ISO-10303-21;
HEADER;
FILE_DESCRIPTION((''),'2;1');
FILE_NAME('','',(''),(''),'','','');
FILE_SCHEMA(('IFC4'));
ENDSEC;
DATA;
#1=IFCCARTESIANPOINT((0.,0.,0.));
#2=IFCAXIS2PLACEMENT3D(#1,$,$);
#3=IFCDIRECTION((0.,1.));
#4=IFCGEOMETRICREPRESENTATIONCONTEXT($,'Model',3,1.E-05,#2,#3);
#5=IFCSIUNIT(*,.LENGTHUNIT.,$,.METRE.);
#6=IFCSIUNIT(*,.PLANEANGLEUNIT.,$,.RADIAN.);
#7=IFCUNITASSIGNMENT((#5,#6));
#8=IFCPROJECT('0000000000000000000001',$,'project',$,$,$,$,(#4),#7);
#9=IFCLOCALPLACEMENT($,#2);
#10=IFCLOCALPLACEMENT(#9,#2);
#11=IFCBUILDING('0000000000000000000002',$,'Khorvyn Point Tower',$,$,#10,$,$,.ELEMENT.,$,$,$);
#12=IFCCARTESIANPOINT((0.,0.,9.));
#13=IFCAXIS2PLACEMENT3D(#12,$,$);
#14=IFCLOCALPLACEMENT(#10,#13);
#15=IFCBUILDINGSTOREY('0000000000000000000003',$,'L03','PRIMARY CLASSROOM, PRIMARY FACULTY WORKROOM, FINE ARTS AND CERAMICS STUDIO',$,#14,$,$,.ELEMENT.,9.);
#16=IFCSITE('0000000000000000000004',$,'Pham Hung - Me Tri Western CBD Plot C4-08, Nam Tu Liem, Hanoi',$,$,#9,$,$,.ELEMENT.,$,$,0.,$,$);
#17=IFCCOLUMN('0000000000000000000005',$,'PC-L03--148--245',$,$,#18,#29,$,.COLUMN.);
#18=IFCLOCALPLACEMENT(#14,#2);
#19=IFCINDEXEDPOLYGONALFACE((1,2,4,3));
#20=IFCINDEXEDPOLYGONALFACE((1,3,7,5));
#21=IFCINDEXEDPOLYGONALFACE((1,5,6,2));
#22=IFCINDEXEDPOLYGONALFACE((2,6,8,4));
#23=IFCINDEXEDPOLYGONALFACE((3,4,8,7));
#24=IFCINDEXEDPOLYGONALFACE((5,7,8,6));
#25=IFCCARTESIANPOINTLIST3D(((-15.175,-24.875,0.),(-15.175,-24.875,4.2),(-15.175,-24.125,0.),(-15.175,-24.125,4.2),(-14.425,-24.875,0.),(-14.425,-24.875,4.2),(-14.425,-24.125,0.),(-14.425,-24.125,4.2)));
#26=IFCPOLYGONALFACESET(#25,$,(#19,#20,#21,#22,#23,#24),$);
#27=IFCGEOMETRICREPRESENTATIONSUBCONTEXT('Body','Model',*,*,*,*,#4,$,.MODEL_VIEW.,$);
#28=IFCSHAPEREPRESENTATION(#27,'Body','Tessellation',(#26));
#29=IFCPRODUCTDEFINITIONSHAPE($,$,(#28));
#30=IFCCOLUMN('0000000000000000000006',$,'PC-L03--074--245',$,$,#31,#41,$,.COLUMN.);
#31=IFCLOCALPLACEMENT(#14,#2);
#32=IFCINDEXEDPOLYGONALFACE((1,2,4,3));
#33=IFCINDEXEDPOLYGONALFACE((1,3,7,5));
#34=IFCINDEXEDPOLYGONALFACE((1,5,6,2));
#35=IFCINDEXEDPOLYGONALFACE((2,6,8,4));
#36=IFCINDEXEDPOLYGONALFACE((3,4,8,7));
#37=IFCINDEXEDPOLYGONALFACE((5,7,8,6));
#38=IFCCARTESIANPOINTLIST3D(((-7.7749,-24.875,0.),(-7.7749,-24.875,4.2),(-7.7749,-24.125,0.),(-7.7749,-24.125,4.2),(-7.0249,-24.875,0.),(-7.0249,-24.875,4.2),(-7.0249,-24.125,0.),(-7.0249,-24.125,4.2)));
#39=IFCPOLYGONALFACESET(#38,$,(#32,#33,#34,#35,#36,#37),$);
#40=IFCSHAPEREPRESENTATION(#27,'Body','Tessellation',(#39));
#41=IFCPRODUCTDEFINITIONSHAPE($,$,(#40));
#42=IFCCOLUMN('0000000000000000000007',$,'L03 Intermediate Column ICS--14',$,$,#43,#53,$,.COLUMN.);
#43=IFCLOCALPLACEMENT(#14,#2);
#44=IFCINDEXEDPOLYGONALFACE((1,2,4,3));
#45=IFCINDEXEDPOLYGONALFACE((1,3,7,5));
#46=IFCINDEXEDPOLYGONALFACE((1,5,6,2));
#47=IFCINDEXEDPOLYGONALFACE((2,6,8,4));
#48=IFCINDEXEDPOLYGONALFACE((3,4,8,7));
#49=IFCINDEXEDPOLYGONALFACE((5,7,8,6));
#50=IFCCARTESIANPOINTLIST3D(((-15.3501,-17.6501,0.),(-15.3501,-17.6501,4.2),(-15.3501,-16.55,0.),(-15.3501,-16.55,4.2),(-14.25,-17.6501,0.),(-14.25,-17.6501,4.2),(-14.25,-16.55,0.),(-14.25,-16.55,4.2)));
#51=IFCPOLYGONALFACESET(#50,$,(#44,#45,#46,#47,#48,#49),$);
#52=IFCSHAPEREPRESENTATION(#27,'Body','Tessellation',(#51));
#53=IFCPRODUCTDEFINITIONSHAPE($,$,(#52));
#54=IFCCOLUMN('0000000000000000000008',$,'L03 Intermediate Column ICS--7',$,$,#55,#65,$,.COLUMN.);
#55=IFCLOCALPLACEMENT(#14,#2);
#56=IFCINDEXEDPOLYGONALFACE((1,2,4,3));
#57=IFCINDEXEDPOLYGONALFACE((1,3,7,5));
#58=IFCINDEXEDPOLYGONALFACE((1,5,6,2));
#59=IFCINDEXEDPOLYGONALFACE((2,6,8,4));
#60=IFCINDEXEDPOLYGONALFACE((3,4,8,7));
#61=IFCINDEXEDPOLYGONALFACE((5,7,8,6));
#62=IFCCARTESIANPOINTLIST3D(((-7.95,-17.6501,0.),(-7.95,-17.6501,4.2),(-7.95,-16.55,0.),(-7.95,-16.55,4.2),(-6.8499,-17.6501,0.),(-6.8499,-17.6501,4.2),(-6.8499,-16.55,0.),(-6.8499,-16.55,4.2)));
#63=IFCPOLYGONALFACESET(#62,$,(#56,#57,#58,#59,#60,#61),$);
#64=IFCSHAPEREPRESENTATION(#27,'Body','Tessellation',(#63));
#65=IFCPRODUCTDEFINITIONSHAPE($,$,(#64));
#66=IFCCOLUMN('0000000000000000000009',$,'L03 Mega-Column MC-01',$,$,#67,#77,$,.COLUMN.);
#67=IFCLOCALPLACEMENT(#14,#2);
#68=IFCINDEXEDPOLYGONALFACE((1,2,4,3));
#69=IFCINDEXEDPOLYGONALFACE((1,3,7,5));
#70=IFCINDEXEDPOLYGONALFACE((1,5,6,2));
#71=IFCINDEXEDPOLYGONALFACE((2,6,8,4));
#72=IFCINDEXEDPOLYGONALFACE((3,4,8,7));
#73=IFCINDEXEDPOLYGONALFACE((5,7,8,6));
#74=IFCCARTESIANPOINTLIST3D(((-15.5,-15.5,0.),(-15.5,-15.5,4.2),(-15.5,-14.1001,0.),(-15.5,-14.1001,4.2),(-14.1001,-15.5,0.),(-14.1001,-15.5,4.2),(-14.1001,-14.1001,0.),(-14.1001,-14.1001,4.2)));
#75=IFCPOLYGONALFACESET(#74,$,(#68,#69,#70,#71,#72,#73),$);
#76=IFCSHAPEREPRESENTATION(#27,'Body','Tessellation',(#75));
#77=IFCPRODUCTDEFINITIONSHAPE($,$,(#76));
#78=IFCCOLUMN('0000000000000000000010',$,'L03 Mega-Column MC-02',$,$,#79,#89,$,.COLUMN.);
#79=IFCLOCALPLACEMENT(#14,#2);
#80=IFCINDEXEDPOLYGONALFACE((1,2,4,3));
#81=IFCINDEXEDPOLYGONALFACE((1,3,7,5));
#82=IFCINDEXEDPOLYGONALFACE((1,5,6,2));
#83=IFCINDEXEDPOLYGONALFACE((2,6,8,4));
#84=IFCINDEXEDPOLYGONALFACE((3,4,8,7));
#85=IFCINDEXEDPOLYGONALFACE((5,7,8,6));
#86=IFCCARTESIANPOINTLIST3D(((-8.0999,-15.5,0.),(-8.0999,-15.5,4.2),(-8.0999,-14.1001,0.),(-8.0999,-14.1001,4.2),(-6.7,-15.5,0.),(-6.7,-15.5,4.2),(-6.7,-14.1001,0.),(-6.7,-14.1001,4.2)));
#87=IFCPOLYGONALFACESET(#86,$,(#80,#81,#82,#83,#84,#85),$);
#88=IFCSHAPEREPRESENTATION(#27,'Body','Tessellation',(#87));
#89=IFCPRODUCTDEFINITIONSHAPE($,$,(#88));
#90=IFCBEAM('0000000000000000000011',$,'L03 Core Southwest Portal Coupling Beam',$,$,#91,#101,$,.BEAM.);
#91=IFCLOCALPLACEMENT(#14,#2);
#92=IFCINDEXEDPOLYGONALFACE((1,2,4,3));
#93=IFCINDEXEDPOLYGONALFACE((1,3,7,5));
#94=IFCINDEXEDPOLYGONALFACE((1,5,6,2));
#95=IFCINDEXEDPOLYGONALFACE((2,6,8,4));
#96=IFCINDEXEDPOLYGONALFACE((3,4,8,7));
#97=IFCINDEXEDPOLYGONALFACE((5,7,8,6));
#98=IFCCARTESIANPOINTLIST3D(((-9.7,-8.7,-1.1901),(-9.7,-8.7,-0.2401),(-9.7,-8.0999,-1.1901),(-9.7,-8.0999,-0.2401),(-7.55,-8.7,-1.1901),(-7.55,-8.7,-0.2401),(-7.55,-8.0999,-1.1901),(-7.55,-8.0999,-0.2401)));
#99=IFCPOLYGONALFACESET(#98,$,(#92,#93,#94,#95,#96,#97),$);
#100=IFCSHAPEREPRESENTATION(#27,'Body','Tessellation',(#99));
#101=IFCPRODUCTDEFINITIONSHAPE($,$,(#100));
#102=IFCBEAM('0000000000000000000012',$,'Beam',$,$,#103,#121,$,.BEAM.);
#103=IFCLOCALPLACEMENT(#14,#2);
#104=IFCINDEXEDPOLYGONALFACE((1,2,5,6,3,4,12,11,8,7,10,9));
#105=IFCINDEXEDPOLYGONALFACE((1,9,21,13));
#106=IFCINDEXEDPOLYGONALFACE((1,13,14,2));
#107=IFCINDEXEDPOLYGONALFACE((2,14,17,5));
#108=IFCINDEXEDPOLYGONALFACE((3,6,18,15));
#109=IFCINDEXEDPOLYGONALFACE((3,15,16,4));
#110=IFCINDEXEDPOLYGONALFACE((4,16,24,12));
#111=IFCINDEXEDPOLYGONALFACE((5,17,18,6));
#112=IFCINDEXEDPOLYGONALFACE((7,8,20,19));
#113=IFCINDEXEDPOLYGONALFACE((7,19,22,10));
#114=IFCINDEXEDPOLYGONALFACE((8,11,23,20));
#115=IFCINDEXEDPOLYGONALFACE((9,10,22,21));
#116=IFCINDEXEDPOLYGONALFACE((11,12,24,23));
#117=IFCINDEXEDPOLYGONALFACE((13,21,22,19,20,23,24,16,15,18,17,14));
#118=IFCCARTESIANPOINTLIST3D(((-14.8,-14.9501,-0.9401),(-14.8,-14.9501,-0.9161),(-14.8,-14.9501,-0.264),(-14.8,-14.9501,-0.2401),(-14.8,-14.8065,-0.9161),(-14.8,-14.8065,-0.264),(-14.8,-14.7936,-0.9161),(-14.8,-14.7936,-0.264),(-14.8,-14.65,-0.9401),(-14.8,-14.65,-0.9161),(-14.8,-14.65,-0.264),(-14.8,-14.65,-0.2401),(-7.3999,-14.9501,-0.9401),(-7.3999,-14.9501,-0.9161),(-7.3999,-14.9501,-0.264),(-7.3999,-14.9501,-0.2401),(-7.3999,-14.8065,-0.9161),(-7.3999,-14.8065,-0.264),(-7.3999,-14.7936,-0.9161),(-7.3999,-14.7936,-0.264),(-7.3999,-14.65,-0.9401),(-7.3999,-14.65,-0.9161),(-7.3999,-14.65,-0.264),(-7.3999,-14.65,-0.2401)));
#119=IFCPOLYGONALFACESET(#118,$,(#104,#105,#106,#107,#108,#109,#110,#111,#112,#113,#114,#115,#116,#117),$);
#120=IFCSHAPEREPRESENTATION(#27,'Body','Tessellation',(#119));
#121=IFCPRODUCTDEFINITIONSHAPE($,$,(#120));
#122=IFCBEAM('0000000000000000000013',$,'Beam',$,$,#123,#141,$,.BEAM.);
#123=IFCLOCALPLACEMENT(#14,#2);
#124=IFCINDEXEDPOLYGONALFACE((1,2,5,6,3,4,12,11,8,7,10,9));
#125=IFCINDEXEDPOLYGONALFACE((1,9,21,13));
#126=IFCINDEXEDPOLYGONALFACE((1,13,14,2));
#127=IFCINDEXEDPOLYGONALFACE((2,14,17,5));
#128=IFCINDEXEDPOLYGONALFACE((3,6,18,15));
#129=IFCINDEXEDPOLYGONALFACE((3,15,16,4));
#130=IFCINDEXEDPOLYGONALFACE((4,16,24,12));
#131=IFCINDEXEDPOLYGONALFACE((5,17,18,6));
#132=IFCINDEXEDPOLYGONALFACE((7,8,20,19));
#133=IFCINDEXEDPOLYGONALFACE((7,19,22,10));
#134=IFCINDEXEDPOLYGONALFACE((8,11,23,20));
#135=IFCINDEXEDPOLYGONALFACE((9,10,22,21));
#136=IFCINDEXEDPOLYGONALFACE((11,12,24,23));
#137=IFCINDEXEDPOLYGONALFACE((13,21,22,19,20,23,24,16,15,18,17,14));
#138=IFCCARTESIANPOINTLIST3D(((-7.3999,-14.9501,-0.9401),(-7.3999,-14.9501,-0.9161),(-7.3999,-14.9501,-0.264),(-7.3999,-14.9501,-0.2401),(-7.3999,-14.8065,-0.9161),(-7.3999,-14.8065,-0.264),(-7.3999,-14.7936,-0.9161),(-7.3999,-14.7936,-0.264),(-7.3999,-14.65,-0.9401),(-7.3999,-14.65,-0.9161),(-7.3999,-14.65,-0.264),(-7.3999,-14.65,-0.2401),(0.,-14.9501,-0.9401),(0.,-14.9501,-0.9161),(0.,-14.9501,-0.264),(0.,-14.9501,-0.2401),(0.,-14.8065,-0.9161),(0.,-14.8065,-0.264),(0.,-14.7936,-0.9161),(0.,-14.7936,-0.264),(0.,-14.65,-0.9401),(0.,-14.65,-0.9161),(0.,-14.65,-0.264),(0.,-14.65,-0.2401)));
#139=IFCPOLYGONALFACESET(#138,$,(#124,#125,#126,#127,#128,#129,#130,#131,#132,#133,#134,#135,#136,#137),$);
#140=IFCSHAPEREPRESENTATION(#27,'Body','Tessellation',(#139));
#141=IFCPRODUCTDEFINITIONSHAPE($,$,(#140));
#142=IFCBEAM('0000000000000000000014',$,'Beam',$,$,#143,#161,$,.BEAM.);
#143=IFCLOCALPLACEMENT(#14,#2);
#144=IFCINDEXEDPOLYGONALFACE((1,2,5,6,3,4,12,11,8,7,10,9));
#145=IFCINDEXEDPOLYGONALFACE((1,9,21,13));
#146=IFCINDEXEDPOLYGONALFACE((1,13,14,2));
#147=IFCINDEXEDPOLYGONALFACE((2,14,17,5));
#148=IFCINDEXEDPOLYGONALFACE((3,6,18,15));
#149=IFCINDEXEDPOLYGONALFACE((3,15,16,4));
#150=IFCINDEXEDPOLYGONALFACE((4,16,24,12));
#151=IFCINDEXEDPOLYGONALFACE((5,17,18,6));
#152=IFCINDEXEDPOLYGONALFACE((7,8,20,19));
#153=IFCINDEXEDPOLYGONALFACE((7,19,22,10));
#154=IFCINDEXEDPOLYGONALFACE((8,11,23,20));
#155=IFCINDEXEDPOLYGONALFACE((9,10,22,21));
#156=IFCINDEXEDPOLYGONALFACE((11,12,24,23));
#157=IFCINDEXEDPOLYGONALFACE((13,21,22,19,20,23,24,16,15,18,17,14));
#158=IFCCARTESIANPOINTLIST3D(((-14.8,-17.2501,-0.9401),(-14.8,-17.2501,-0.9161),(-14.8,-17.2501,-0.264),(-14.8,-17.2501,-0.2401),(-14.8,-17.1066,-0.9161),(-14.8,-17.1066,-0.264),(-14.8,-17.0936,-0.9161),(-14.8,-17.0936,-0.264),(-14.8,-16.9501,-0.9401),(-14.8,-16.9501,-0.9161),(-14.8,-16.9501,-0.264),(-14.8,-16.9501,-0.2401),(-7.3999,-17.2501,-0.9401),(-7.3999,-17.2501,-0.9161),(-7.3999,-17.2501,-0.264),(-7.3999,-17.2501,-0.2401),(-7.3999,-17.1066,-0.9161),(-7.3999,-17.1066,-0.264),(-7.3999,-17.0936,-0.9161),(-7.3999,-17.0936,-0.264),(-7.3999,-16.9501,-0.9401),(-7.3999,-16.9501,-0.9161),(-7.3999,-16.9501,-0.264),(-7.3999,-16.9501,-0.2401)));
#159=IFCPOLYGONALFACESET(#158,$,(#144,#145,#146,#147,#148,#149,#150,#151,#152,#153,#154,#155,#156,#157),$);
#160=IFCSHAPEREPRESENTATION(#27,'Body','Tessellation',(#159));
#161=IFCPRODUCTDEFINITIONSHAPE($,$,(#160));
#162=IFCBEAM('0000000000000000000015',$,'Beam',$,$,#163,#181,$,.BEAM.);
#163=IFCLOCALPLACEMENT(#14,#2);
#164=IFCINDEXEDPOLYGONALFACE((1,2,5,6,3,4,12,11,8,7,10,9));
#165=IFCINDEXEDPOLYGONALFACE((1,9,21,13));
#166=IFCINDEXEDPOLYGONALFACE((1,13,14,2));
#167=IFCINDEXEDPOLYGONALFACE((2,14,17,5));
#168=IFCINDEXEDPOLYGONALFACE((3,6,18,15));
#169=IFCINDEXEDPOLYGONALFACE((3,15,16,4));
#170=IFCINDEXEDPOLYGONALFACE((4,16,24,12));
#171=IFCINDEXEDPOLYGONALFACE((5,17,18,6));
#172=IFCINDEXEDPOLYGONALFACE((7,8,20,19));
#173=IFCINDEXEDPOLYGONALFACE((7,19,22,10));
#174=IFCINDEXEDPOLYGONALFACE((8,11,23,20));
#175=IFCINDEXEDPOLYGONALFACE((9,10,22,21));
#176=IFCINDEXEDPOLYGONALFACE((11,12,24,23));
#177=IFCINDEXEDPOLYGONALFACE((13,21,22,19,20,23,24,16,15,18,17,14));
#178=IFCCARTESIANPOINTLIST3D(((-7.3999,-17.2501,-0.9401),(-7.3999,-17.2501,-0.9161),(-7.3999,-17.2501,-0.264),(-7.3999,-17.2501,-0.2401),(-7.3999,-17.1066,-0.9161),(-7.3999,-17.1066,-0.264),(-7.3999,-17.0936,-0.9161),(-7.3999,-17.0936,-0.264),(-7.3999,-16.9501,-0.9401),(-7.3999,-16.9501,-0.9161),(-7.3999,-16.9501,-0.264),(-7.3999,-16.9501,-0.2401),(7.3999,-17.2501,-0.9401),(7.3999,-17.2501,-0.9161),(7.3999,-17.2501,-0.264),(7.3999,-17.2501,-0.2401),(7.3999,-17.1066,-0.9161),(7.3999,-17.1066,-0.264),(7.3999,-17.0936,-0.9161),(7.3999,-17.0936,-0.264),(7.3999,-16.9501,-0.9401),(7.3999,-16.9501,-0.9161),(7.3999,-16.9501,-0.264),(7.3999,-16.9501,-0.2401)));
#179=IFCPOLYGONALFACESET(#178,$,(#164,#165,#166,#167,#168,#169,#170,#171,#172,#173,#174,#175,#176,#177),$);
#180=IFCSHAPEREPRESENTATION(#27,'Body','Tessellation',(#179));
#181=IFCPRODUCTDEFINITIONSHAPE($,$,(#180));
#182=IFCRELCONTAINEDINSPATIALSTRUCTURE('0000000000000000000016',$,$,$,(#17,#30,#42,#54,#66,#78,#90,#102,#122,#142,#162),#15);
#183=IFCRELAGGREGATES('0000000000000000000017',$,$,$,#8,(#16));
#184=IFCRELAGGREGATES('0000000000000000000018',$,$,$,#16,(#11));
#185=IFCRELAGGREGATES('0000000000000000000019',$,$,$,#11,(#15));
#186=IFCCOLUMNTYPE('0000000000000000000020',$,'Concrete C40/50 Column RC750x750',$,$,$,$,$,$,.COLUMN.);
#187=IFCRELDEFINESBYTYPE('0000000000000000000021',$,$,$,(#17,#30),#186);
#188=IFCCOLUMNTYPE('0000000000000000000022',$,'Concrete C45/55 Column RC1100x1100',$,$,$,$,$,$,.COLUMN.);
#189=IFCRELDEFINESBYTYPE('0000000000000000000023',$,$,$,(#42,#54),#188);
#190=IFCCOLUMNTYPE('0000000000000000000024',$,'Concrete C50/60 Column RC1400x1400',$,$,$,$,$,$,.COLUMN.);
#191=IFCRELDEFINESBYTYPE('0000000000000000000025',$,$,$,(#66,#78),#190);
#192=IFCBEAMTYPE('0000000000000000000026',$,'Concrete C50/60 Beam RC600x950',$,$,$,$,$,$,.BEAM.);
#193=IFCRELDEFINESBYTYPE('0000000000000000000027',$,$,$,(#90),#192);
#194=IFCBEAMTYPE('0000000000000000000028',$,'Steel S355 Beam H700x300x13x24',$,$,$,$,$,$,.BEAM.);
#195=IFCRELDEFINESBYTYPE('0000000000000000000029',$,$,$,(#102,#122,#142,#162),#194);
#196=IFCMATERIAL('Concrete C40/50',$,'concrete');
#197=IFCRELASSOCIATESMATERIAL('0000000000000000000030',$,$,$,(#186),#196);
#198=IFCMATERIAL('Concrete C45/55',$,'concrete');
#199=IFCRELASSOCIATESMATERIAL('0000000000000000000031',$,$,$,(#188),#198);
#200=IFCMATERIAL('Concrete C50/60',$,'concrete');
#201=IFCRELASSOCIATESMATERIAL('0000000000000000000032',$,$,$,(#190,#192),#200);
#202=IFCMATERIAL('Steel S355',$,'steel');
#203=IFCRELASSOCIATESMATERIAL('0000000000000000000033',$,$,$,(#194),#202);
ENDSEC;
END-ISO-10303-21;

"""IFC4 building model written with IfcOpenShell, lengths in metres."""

from ifc_helpers import new_model, si_unit, direction, frame, origin, origin_2d, place, context, subcontext, project, spatial, rectangle, i_section, extrude, material, material_profile, profile_set, type_object, element, save


model = new_model("IFC4")

# Units and contexts
model_context = context("Model", 3, precision=1e-05, world=origin(), true_north=direction((0.0, 1.0)))
body_context = subcontext(model_context, "Body", "Model", "MODEL_VIEW")
ifc_project = project(units=[si_unit("LENGTHUNIT", "METRE"), si_unit("PLANEANGLEUNIT", "RADIAN")], contexts=[model_context])

# Site, building, storey
site_placement = place(None, origin())
site = spatial("IfcSite", under=ifc_project, at=site_placement, Name="Pham Hung - Me Tri Western CBD Plot C4-08, Nam Tu Liem, Hanoi", CompositionType="ELEMENT", RefElevation=0.0)
building_placement = place(site_placement, origin())
building = spatial("IfcBuilding", under=site, at=building_placement, Name="Khorvyn Point Tower", CompositionType="ELEMENT")
storey_placement = place(building_placement, frame((0.0, 0.0, 9.0)))
storey = spatial("IfcBuildingStorey", under=building, at=storey_placement, Name="L03", Description="PRIMARY CLASSROOM, PRIMARY FACULTY WORKROOM, FINE ARTS AND CERAMICS STUDIO", CompositionType="ELEMENT", Elevation=9.0)

# Columns
ifc_material_1 = material(Name="Concrete C40/50", Category="concrete")
ifc_material_profile_1 = material_profile(ifc_material_1, rectangle(XDim=0.75, YDim=0.75, at=origin_2d()))
ifc_profile_set_1 = profile_set([ifc_material_profile_1], Name="Concrete C40/50 RC750x750")
column_type_1 = type_object("IfcColumnType", Name="Concrete C40/50 Column RC750x750", PredefinedType="COLUMN", material=ifc_profile_set_1)
for number, where, z_axis, x_axis, name in (
    (1, (-14.8, -24.5, 0.0), (0.0, 0.0, 1.0), (1.0, 0.0, 0.0), "PC-L03--148--245"),
    (2, (-7.3999, -24.5, 0.0), (0.0, 0.0, 1.0), (1.0, 0.0, 0.0), "PC-L03--074--245"),
):
    element("IfcColumn", number, at=place(storey_placement, frame(where, z_axis=z_axis, x_axis=x_axis)), inside=storey, type_object=column_type_1, Name=name, PredefinedType="COLUMN", context=body_context, shape_type="SweptSolid", body=[
        extrude(rectangle(XDim=0.75, YDim=0.75, at=origin_2d()), origin(), (0.0, 0.0, 1.0), 4.2),
    ])
ifc_material_2 = material(Name="Concrete C45/55", Category="concrete")
ifc_material_profile_2 = material_profile(ifc_material_2, rectangle(XDim=1.1001, YDim=1.1001, at=origin_2d()))
ifc_profile_set_2 = profile_set([ifc_material_profile_2], Name="Concrete C45/55 RC1100x1100")
column_type_2 = type_object("IfcColumnType", Name="Concrete C45/55 Column RC1100x1100", PredefinedType="COLUMN", material=ifc_profile_set_2)
for number, where, z_axis, x_axis, name in (
    (3, (-14.8, -17.1001, 0.0), (0.0, 0.0, 1.0), (1.0, 0.0, 0.0), "L03 Intermediate Column ICS--14"),
    (4, (-7.3999, -17.1001, 0.0), (0.0, 0.0, 1.0), (1.0, 0.0, 0.0), "L03 Intermediate Column ICS--7"),
):
    element("IfcColumn", number, at=place(storey_placement, frame(where, z_axis=z_axis, x_axis=x_axis)), inside=storey, type_object=column_type_2, Name=name, PredefinedType="COLUMN", context=body_context, shape_type="SweptSolid", body=[
        extrude(rectangle(XDim=1.1001, YDim=1.1001, at=origin_2d()), origin(), (0.0, 0.0, 1.0), 4.2),
    ])
ifc_material_3 = material(Name="Concrete C50/60", Category="concrete")
ifc_material_profile_3 = material_profile(ifc_material_3, rectangle(XDim=1.3999, YDim=1.3999, at=origin_2d()))
ifc_profile_set_3 = profile_set([ifc_material_profile_3], Name="Concrete C50/60 RC1400x1400")
column_type_3 = type_object("IfcColumnType", Name="Concrete C50/60 Column RC1400x1400", PredefinedType="COLUMN", material=ifc_profile_set_3)
for number, where, z_axis, x_axis, name in (
    (5, (-14.8, -14.8, 0.0), (0.0, 0.0, 1.0), (1.0, 0.0, 0.0), "L03 Mega-Column MC-01"),
    (6, (-7.3999, -14.8, 0.0), (0.0, 0.0, 1.0), (1.0, 0.0, 0.0), "L03 Mega-Column MC-02"),
):
    element("IfcColumn", number, at=place(storey_placement, frame(where, z_axis=z_axis, x_axis=x_axis)), inside=storey, type_object=column_type_3, Name=name, PredefinedType="COLUMN", context=body_context, shape_type="SweptSolid", body=[
        extrude(rectangle(XDim=1.3999, YDim=1.3999, at=origin_2d()), origin(), (0.0, 0.0, 1.0), 4.2),
    ])

# Beams
ifc_material_profile_4 = material_profile(ifc_material_3, rectangle(XDim=0.6001, YDim=0.95, at=origin_2d()))
ifc_profile_set_4 = profile_set([ifc_material_profile_4], Name="Concrete C50/60 RC600x950")
beam_type_1 = type_object("IfcBeamType", Name="Concrete C50/60 Beam RC600x950", PredefinedType="BEAM", material=ifc_profile_set_4)
beam_1_placement = place(storey_placement, frame((-9.7, -8.3999, -0.7151), z_axis=(1.0, 0.0, 0.0), x_axis=(0.0, 1.0, 0.0)))
element("IfcBeam", 7, at=beam_1_placement, inside=storey, type_object=beam_type_1, Name="L03 Core Southwest Portal Coupling Beam", PredefinedType="BEAM", context=body_context, shape_type="SweptSolid", body=[
    extrude(rectangle(XDim=0.6001, YDim=0.95, at=origin_2d()), origin(), (0.0, 0.0, 1.0), 2.1499),
])
ifc_material_4 = material(Name="Steel S355", Category="steel")
ifc_material_profile_5 = material_profile(ifc_material_4, i_section(OverallWidth=0.3, OverallDepth=0.7, WebThickness=0.0129, FlangeThickness=0.0239, at=origin_2d()))
ifc_profile_set_5 = profile_set([ifc_material_profile_5], Name="Steel S355 H700x300x13x24")
beam_type_2 = type_object("IfcBeamType", Name="Steel S355 Beam H700x300x13x24", PredefinedType="BEAM", material=ifc_profile_set_5)
beam_2_placement = place(storey_placement, frame((-14.8, -14.8, -0.5901), z_axis=(1.0, 0.0, 0.0), x_axis=(0.0, 1.0, 0.0)))
element("IfcBeam", 8, at=beam_2_placement, inside=storey, type_object=beam_type_2, Name="Beam", PredefinedType="BEAM", context=body_context, shape_type="SweptSolid", body=[
    extrude(i_section(OverallWidth=0.3, OverallDepth=0.7, WebThickness=0.0129, FlangeThickness=0.0239, at=origin_2d()), origin(), (0.0, 0.0, 1.0), 7.4001),
])
beam_3_placement = place(storey_placement, frame((-7.3999, -14.8, -0.5901), z_axis=(1.0, 0.0, 0.0), x_axis=(0.0, 1.0, 0.0)))
element("IfcBeam", 9, at=beam_3_placement, inside=storey, type_object=beam_type_2, Name="Beam", PredefinedType="BEAM", context=body_context, shape_type="SweptSolid", body=[
    extrude(i_section(OverallWidth=0.3, OverallDepth=0.7, WebThickness=0.0129, FlangeThickness=0.0239, at=origin_2d()), origin(), (0.0, 0.0, 1.0), 7.3999),
])
beam_4_placement = place(storey_placement, frame((-14.8, -17.1001, -0.5901), z_axis=(1.0, 0.0, 0.0), x_axis=(0.0, 1.0, 0.0)))
element("IfcBeam", 10, at=beam_4_placement, inside=storey, type_object=beam_type_2, Name="Beam", PredefinedType="BEAM", context=body_context, shape_type="SweptSolid", body=[
    extrude(i_section(OverallWidth=0.3, OverallDepth=0.7, WebThickness=0.0129, FlangeThickness=0.0239, at=origin_2d()), origin(), (0.0, 0.0, 1.0), 7.4001),
])
beam_5_placement = place(storey_placement, frame((-7.3999, -17.1001, -0.5901), z_axis=(1.0, 0.0, 0.0), x_axis=(0.0, 1.0, 0.0)))
element("IfcBeam", 11, at=beam_5_placement, inside=storey, type_object=beam_type_2, Name="Beam", PredefinedType="BEAM", context=body_context, shape_type="SweptSolid", body=[
    extrude(i_section(OverallWidth=0.3, OverallDepth=0.7, WebThickness=0.0129, FlangeThickness=0.0239, at=origin_2d()), origin(), (0.0, 0.0, 1.0), 14.7998),
])

save(model, "model.ifc")
